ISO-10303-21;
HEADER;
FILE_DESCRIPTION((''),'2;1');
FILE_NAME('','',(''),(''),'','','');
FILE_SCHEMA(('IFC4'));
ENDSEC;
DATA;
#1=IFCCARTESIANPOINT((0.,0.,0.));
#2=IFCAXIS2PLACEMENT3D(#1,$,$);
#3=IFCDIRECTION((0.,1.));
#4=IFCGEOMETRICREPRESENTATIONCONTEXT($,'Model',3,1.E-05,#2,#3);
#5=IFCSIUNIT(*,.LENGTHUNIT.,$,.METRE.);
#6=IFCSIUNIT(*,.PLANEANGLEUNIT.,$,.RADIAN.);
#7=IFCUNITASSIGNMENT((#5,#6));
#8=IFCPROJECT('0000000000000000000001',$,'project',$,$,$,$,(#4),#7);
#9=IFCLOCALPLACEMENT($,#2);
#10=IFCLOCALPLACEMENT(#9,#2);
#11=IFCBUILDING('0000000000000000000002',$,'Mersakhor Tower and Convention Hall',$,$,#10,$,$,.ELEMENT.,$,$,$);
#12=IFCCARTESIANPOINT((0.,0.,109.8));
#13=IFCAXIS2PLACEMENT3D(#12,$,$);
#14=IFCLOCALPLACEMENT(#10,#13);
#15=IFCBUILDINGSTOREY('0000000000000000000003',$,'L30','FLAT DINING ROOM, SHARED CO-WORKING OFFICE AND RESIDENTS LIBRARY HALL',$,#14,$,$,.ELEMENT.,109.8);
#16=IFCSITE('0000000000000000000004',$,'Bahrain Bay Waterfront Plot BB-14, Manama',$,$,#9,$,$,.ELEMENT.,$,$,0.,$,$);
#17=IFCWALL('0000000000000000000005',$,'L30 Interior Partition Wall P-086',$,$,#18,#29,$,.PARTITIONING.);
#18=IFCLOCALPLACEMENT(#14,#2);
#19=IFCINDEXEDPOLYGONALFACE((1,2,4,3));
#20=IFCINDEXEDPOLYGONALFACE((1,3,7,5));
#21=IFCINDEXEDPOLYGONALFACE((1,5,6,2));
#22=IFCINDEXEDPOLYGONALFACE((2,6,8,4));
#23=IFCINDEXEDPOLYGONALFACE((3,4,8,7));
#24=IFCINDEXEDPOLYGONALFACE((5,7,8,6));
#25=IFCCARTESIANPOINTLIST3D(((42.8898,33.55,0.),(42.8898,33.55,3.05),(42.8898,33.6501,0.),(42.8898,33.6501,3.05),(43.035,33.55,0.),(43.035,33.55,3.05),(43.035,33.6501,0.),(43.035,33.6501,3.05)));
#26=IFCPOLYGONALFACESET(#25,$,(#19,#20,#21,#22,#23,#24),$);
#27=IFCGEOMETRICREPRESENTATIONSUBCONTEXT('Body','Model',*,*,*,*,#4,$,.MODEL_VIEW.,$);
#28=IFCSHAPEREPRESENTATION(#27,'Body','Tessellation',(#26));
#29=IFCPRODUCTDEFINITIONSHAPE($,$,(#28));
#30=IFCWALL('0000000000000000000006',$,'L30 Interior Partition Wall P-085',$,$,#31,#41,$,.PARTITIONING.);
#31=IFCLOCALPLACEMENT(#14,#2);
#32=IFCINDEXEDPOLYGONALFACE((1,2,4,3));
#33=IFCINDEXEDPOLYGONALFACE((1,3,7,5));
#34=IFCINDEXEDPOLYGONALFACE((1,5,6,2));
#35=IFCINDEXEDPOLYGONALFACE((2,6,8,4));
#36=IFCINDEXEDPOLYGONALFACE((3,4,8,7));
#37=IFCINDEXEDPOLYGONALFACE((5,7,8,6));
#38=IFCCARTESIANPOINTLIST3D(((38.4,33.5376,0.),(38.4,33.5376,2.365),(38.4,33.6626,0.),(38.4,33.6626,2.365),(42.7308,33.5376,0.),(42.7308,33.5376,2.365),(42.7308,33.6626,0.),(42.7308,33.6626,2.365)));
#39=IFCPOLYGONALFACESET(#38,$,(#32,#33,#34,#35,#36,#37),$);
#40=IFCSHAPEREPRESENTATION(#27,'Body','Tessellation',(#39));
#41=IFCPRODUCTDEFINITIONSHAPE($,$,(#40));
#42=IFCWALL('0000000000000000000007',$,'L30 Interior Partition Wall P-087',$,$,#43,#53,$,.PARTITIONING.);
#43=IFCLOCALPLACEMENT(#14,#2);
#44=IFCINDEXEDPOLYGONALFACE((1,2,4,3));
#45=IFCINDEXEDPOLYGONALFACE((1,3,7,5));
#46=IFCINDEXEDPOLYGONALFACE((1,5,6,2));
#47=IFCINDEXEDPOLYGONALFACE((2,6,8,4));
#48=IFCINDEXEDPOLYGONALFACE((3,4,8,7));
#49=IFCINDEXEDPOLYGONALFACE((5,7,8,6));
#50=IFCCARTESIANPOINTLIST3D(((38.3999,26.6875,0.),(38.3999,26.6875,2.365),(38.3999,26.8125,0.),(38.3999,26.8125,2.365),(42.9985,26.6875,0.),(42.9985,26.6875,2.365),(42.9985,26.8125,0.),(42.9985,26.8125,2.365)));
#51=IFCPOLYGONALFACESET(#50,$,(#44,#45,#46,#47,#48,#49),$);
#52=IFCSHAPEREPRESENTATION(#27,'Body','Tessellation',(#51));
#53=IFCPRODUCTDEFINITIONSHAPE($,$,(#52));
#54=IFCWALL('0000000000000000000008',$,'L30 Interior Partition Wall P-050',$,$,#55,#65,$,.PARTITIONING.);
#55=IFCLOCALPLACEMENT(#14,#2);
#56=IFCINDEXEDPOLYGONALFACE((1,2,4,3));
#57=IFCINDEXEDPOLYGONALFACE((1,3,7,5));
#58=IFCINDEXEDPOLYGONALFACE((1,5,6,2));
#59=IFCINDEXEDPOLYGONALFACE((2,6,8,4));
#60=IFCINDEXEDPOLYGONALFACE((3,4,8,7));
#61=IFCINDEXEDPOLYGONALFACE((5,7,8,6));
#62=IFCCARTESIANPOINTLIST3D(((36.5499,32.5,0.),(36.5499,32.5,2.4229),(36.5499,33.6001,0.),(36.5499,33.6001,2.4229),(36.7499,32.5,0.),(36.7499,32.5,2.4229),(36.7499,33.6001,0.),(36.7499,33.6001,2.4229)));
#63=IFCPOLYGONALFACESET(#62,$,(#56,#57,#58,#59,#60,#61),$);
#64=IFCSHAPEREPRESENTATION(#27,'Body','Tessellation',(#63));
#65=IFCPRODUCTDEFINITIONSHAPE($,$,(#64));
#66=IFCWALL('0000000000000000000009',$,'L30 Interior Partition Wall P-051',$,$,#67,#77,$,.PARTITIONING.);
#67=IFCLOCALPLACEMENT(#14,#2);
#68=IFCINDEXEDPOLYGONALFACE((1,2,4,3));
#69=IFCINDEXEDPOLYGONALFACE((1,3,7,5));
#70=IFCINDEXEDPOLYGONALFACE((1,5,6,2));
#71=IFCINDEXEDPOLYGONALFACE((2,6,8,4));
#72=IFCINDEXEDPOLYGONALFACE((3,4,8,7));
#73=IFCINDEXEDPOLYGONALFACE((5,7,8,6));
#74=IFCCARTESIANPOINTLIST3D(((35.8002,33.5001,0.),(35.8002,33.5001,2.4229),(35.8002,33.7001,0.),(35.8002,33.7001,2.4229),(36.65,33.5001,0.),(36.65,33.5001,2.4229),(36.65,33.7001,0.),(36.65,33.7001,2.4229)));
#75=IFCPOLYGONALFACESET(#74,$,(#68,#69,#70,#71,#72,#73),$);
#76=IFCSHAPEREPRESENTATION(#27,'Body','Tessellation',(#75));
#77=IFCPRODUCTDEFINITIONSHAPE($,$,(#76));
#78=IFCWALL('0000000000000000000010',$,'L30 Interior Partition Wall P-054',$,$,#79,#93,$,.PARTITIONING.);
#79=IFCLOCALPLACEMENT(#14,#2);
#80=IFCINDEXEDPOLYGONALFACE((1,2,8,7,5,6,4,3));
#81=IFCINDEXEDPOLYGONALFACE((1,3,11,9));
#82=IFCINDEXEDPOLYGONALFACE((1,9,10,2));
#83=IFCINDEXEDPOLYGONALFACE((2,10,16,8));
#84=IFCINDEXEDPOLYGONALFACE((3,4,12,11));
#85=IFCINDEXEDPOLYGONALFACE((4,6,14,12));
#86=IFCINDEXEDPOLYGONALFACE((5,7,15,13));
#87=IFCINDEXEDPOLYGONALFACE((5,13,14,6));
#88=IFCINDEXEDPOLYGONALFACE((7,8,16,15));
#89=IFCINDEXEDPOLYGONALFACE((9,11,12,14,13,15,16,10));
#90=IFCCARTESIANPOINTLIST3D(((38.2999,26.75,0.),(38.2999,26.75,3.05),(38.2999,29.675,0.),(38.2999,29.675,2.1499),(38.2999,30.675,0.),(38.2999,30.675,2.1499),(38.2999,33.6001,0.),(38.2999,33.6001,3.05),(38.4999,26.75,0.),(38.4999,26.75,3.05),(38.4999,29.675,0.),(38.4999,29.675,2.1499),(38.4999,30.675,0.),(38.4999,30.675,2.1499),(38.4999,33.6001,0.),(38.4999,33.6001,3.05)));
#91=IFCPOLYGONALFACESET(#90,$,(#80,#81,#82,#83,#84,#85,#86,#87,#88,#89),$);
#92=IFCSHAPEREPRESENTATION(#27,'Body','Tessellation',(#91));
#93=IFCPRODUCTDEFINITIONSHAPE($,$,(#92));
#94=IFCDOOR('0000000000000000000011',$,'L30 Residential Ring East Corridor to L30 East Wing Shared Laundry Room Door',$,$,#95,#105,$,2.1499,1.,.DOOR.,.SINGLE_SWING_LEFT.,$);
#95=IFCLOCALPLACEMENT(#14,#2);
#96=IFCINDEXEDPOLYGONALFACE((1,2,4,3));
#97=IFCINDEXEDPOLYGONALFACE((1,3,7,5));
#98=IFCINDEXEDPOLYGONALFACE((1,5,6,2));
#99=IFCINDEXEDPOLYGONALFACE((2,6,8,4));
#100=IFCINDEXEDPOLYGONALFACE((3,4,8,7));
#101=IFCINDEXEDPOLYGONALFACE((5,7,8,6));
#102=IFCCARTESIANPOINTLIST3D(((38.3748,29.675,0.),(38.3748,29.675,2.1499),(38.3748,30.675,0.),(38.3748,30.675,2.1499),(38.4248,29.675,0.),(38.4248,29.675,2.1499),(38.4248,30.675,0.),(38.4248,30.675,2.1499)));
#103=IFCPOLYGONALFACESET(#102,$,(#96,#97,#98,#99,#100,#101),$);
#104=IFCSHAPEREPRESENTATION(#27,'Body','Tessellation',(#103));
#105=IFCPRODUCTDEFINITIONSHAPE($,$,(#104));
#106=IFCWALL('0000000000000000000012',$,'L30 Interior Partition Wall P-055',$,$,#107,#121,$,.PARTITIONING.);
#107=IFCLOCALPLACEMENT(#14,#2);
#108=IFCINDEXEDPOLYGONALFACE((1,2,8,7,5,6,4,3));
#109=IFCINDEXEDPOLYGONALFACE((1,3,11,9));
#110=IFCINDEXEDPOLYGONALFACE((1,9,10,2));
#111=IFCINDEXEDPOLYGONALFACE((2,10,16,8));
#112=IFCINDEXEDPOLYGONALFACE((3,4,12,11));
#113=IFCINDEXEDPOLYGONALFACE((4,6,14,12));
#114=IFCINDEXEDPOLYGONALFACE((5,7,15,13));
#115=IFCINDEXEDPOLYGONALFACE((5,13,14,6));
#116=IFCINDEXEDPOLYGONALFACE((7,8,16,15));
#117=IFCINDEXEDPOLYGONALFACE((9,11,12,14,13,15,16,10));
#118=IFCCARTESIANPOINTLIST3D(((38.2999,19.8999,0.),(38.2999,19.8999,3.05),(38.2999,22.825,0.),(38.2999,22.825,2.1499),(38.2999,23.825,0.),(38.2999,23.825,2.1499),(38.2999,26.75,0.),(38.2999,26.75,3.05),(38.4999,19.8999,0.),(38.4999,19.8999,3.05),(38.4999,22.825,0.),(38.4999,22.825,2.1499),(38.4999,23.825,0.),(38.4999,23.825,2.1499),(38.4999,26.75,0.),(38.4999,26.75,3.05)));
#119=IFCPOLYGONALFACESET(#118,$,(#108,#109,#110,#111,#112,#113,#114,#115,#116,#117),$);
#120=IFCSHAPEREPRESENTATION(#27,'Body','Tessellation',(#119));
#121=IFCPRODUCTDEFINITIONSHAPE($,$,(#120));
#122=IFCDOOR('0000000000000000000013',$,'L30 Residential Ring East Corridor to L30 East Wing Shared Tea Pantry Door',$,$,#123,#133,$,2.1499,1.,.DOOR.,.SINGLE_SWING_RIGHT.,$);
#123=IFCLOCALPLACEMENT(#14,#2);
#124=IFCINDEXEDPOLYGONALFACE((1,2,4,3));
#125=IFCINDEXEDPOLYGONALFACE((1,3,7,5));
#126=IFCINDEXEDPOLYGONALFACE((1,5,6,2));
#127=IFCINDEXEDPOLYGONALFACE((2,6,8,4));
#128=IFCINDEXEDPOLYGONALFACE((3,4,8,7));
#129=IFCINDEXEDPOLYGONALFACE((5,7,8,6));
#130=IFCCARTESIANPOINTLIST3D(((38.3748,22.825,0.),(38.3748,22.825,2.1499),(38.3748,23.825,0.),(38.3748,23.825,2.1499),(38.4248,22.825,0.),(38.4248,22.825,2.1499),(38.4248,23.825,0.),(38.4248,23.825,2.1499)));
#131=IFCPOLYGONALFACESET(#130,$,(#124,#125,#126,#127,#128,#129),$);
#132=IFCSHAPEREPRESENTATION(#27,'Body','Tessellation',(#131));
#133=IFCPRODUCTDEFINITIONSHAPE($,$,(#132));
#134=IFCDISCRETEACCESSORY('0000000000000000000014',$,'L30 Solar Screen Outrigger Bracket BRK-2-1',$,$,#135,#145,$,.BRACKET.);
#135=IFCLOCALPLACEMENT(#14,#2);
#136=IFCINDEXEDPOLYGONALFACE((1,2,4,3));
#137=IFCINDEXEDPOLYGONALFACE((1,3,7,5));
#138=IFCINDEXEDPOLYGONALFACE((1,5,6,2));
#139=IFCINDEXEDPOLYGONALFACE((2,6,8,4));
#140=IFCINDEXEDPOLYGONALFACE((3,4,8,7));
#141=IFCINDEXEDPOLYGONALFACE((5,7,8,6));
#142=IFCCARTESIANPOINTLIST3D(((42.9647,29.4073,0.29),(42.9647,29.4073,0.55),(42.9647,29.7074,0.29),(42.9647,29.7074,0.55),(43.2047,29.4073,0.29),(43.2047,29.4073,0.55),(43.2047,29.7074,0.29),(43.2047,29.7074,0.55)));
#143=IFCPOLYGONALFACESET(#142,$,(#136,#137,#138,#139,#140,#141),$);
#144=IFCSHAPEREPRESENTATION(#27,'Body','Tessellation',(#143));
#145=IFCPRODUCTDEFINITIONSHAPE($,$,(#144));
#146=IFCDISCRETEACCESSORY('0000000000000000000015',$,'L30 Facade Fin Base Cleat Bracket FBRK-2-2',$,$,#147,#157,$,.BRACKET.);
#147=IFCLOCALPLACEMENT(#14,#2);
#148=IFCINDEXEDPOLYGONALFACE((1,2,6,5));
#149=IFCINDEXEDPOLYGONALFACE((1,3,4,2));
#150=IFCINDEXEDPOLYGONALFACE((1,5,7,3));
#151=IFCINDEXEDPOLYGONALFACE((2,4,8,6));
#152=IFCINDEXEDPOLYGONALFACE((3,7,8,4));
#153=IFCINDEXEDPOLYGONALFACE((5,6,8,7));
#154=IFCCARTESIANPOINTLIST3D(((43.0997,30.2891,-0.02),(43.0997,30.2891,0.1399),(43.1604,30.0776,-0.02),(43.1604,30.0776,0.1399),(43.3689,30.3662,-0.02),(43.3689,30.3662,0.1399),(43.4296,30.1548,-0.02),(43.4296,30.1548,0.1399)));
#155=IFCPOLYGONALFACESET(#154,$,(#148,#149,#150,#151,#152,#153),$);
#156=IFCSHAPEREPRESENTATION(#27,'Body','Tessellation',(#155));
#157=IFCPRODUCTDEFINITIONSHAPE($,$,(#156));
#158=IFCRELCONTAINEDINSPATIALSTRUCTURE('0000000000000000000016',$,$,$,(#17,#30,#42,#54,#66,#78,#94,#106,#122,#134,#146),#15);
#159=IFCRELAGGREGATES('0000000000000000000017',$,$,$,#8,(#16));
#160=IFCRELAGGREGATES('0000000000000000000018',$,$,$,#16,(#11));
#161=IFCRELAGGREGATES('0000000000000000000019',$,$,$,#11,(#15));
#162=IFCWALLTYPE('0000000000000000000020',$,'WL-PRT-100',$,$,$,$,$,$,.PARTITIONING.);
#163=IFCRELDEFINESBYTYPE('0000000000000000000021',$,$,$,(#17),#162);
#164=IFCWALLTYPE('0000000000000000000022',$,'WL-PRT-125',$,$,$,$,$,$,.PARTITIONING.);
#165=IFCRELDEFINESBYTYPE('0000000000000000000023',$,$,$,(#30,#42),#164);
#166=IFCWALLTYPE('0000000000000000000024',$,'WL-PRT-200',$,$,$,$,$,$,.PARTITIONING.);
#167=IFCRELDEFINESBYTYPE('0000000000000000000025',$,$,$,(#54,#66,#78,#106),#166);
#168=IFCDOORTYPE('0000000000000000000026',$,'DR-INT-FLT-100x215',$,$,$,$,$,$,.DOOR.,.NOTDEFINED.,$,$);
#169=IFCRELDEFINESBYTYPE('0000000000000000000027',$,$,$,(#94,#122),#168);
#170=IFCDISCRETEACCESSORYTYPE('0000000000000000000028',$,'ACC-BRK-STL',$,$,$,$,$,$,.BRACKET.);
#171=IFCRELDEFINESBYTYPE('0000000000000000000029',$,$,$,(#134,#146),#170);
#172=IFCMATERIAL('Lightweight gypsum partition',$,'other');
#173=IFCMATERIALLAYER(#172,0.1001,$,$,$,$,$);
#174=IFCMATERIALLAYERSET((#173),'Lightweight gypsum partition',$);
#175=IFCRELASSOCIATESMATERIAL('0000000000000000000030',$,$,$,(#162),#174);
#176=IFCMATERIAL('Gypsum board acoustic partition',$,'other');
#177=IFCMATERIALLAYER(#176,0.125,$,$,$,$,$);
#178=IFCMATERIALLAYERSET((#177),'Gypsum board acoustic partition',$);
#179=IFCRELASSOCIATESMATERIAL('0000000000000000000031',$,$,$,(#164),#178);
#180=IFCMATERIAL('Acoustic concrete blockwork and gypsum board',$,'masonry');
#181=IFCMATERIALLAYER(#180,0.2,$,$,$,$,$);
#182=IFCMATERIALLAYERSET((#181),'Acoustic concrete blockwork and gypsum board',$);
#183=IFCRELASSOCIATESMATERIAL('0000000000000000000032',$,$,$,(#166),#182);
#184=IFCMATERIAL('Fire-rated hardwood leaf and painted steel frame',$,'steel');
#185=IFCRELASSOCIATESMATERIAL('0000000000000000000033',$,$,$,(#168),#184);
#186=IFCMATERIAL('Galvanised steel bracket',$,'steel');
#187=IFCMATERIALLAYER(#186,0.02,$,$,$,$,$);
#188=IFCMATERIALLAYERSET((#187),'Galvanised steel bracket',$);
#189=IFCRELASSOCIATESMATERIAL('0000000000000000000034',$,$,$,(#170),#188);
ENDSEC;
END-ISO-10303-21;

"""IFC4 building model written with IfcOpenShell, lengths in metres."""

from ifc_helpers import new_model, si_unit, direction, frame, frame_2d, origin, origin_2d, place, context, subcontext, project, spatial, rectangle, extrude, material, layer, layer_set, type_object, element, fill, save


model = new_model("IFC4")

# Units and contexts
model_context = context("Model", 3, precision=1e-05, world=origin(), true_north=direction((0.0, 1.0)))
body_context = subcontext(model_context, "Body", "Model", "MODEL_VIEW")
ifc_project = project(units=[si_unit("LENGTHUNIT", "METRE"), si_unit("PLANEANGLEUNIT", "RADIAN")], contexts=[model_context])

# Site, building, storey
site_placement = place(None, origin())
site = spatial("IfcSite", under=ifc_project, at=site_placement, Name="Bahrain Bay Waterfront Plot BB-14, Manama", CompositionType="ELEMENT", RefElevation=0.0)
building_placement = place(site_placement, origin())
building = spatial("IfcBuilding", under=site, at=building_placement, Name="Mersakhor Tower and Convention Hall", CompositionType="ELEMENT")
storey_placement = place(building_placement, frame((0.0, 0.0, 109.8)))
storey = spatial("IfcBuildingStorey", under=building, at=storey_placement, Name="L30", Description="FLAT DINING ROOM, SHARED CO-WORKING OFFICE AND RESIDENTS LIBRARY HALL", CompositionType="ELEMENT", Elevation=109.8)

# Walls
ifc_material_1 = material(Name="Lightweight gypsum partition", Category="other")
ifc_layer_1 = layer(ifc_material_1, 0.1001)
ifc_layer_set_1 = layer_set([ifc_layer_1], Name="Lightweight gypsum partition")
wall_type_1 = type_object("IfcWallType", Name="WL-PRT-100", PredefinedType="PARTITIONING", material=ifc_layer_set_1)
wall_1_placement = place(storey_placement, frame((42.8896, 33.6001, 0.0), z_axis=(0.0, 0.0, 1.0), x_axis=(1.0, 0.0, 0.0)))
element("IfcWall", 1, at=wall_1_placement, inside=storey, type_object=wall_type_1, Name="L30 Interior Partition Wall P-086", PredefinedType="PARTITIONING", context=body_context, shape_type="SweptSolid", body=[
    extrude(rectangle(XDim=0.1453, YDim=0.1001, at=frame_2d((0.0728, 0.0))), origin(), (0.0, 0.0, 1.0), 3.05),
])
ifc_material_2 = material(Name="Gypsum board acoustic partition", Category="other")
ifc_layer_2 = layer(ifc_material_2, 0.125)
ifc_layer_set_2 = layer_set([ifc_layer_2], Name="Gypsum board acoustic partition")
wall_type_2 = type_object("IfcWallType", Name="WL-PRT-125", PredefinedType="PARTITIONING", material=ifc_layer_set_2)
wall_2_placement = place(storey_placement, frame((38.3999, 33.6001, 0.0), z_axis=(0.0, 0.0, 1.0), x_axis=(1.0, 0.0, 0.0)))
element("IfcWall", 2, at=wall_2_placement, inside=storey, type_object=wall_type_2, Name="L30 Interior Partition Wall P-085", PredefinedType="PARTITIONING", context=body_context, shape_type="SweptSolid", body=[
    extrude(rectangle(XDim=4.3308, YDim=0.125, at=frame_2d((2.1655, 0.0))), origin(), (0.0, 0.0, 1.0), 2.365),
])
wall_3_placement = place(storey_placement, frame((42.9985, 26.75, 0.0), z_axis=(0.0, 0.0, 1.0), x_axis=(-1.0, 0.0, 0.0)))
element("IfcWall", 3, at=wall_3_placement, inside=storey, type_object=wall_type_2, Name="L30 Interior Partition Wall P-087", PredefinedType="PARTITIONING", context=body_context, shape_type="SweptSolid", body=[
    extrude(rectangle(XDim=4.5986, YDim=0.125, at=frame_2d((2.2993, 0.0))), origin(), (0.0, 0.0, 1.0), 2.365),
])
ifc_material_3 = material(Name="Acoustic concrete blockwork and gypsum board", Category="masonry")
ifc_layer_3 = layer(ifc_material_3, 0.2)
ifc_layer_set_3 = layer_set([ifc_layer_3], Name="Acoustic concrete blockwork and gypsum board")
wall_type_3 = type_object("IfcWallType", Name="WL-PRT-200", PredefinedType="PARTITIONING", material=ifc_layer_set_3)
wall_4_placement = place(storey_placement, frame((36.6499, 32.5, 0.0), z_axis=(0.0, 0.0, 1.0), x_axis=(0.0, 1.0, 0.0)))
element("IfcWall", 4, at=wall_4_placement, inside=storey, type_object=wall_type_3, Name="L30 Interior Partition Wall P-050", PredefinedType="PARTITIONING", context=body_context, shape_type="SweptSolid", body=[
    extrude(rectangle(XDim=1.1001, YDim=0.2, at=frame_2d((0.55, 0.0))), origin(), (0.0, 0.0, 1.0), 2.4229),
])
wall_5_placement = place(storey_placement, frame((36.6499, 33.6001, 0.0), z_axis=(0.0, 0.0, 1.0), x_axis=(-1.0, 0.0, 0.0)))
element("IfcWall", 5, at=wall_5_placement, inside=storey, type_object=wall_type_3, Name="L30 Interior Partition Wall P-051", PredefinedType="PARTITIONING", context=body_context, shape_type="SweptSolid", body=[
    extrude(rectangle(XDim=0.8499, YDim=0.2, at=frame_2d((0.4248, 0.0))), origin(), (0.0, 0.0, 1.0), 2.4229),
])

# Walls, openings, doors
wall_6_placement = place(storey_placement, frame((38.3999, 33.6001, 0.0), z_axis=(0.0, 0.0, 1.0), x_axis=(0.0, -1.0, 0.0)))
wall_6 = element("IfcWall", 6, at=wall_6_placement, inside=storey, type_object=wall_type_3, Name="L30 Interior Partition Wall P-054", PredefinedType="PARTITIONING", context=body_context, shape_type="SweptSolid", body=[
    extrude(rectangle(XDim=6.8501, YDim=0.2, at=frame_2d((3.425, 0.0))), origin(), (0.0, 0.0, 1.0), 3.05),
])
opening_1_placement = place(wall_6_placement, frame((2.925, 0.0, 0.0)))
opening_1 = element("IfcOpeningElement", 7, at=opening_1_placement, cuts=wall_6, PredefinedType="OPENING", context=body_context, shape_type="SweptSolid", body=[
    extrude(rectangle(XDim=1.0, YDim=2.1499, at=frame_2d((0.5, 1.075))), frame((0.0, 0.1099, 0.0), z_axis=(0.0, -1.0, 0.0), x_axis=(1.0, 0.0, 0.0)), (0.0, 0.0, 1.0), 0.22),
])
ifc_material_4 = material(Name="Fire-rated hardwood leaf and painted steel frame", Category="steel")
door_type = type_object("IfcDoorType", Name="DR-INT-FLT-100x215", OperationType="NOTDEFINED", PredefinedType="DOOR", material=ifc_material_4)
door_1_placement = place(opening_1_placement, origin())
door_1 = element("IfcDoor", 8, at=door_1_placement, inside=storey, type_object=door_type, Name="L30 Residential Ring East Corridor to L30 East Wing Shared Laundry Room Door", OperationType="SINGLE_SWING_LEFT", OverallHeight=2.1499, OverallWidth=1.0, PredefinedType="DOOR", context=body_context, shape_type="SweptSolid", body=[
    extrude(rectangle(XDim=1.0, YDim=2.1499, at=frame_2d((0.5, 1.075))), frame((0.0, 0.0249, 0.0), z_axis=(0.0, -1.0, 0.0), x_axis=(1.0, 0.0, 0.0)), (0.0, 0.0, 1.0), 0.05),
])
fill(opening_1, door_1)
wall_7_placement = place(storey_placement, frame((38.3999, 26.75, 0.0), z_axis=(0.0, 0.0, 1.0), x_axis=(0.0, -1.0, 0.0)))
wall_7 = element("IfcWall", 9, at=wall_7_placement, inside=storey, type_object=wall_type_3, Name="L30 Interior Partition Wall P-055", PredefinedType="PARTITIONING", context=body_context, shape_type="SweptSolid", body=[
    extrude(rectangle(XDim=6.8501, YDim=0.2, at=frame_2d((3.425, 0.0))), origin(), (0.0, 0.0, 1.0), 3.05),
])
opening_2_placement = place(wall_7_placement, frame((2.925, 0.0, 0.0)))
opening_2 = element("IfcOpeningElement", 10, at=opening_2_placement, cuts=wall_7, PredefinedType="OPENING", context=body_context, shape_type="SweptSolid", body=[
    extrude(rectangle(XDim=1.0, YDim=2.1499, at=frame_2d((0.5, 1.075))), frame((0.0, 0.1099, 0.0), z_axis=(0.0, -1.0, 0.0), x_axis=(1.0, 0.0, 0.0)), (0.0, 0.0, 1.0), 0.22),
])
door_2_placement = place(opening_2_placement, origin())
door_2 = element("IfcDoor", 11, at=door_2_placement, inside=storey, type_object=door_type, Name="L30 Residential Ring East Corridor to L30 East Wing Shared Tea Pantry Door", OperationType="SINGLE_SWING_RIGHT", OverallHeight=2.1499, OverallWidth=1.0, PredefinedType="DOOR", context=body_context, shape_type="SweptSolid", body=[
    extrude(rectangle(XDim=1.0, YDim=2.1499, at=frame_2d((0.5, 1.075))), frame((0.0, 0.0249, 0.0), z_axis=(0.0, -1.0, 0.0), x_axis=(1.0, 0.0, 0.0)), (0.0, 0.0, 1.0), 0.05),
])
fill(opening_2, door_2)

# Discrete accessories
ifc_material_5 = material(Name="Galvanised steel bracket", Category="steel")
ifc_layer_4 = layer(ifc_material_5, 0.02)
ifc_layer_set_4 = layer_set([ifc_layer_4], Name="Galvanised steel bracket")
discrete_accessory_type = type_object("IfcDiscreteAccessoryType", Name="ACC-BRK-STL", PredefinedType="BRACKET", material=ifc_layer_set_4)
discrete_accessory_1_placement = place(storey_placement, frame((43.0847, 29.5574, 0.29), z_axis=(0.0, 0.0, 1.0), x_axis=(0.0, -1.0, 0.0)))
element("IfcDiscreteAccessory", 12, at=discrete_accessory_1_placement, inside=storey, type_object=discrete_accessory_type, Name="L30 Solar Screen Outrigger Bracket BRK-2-1", PredefinedType="BRACKET", context=body_context, shape_type="SweptSolid", body=[
    extrude(rectangle(XDim=0.3, YDim=0.24, at=origin_2d()), origin(), (0.0, 0.0, 1.0), 0.26),
])
discrete_accessory_2_placement = place(storey_placement, frame((43.2646, 30.2219, -0.02), z_axis=(0.0, 0.0, 1.0), x_axis=(0.961262, 0.275637, 0.0)))
element("IfcDiscreteAccessory", 13, at=discrete_accessory_2_placement, inside=storey, type_object=discrete_accessory_type, Name="L30 Facade Fin Base Cleat Bracket FBRK-2-2", PredefinedType="BRACKET", context=body_context, shape_type="SweptSolid", body=[
    extrude(rectangle(XDim=0.28, YDim=0.22, at=origin_2d()), origin(), (0.0, 0.0, 1.0), 0.1599),
])

save(model, "model.ifc")
